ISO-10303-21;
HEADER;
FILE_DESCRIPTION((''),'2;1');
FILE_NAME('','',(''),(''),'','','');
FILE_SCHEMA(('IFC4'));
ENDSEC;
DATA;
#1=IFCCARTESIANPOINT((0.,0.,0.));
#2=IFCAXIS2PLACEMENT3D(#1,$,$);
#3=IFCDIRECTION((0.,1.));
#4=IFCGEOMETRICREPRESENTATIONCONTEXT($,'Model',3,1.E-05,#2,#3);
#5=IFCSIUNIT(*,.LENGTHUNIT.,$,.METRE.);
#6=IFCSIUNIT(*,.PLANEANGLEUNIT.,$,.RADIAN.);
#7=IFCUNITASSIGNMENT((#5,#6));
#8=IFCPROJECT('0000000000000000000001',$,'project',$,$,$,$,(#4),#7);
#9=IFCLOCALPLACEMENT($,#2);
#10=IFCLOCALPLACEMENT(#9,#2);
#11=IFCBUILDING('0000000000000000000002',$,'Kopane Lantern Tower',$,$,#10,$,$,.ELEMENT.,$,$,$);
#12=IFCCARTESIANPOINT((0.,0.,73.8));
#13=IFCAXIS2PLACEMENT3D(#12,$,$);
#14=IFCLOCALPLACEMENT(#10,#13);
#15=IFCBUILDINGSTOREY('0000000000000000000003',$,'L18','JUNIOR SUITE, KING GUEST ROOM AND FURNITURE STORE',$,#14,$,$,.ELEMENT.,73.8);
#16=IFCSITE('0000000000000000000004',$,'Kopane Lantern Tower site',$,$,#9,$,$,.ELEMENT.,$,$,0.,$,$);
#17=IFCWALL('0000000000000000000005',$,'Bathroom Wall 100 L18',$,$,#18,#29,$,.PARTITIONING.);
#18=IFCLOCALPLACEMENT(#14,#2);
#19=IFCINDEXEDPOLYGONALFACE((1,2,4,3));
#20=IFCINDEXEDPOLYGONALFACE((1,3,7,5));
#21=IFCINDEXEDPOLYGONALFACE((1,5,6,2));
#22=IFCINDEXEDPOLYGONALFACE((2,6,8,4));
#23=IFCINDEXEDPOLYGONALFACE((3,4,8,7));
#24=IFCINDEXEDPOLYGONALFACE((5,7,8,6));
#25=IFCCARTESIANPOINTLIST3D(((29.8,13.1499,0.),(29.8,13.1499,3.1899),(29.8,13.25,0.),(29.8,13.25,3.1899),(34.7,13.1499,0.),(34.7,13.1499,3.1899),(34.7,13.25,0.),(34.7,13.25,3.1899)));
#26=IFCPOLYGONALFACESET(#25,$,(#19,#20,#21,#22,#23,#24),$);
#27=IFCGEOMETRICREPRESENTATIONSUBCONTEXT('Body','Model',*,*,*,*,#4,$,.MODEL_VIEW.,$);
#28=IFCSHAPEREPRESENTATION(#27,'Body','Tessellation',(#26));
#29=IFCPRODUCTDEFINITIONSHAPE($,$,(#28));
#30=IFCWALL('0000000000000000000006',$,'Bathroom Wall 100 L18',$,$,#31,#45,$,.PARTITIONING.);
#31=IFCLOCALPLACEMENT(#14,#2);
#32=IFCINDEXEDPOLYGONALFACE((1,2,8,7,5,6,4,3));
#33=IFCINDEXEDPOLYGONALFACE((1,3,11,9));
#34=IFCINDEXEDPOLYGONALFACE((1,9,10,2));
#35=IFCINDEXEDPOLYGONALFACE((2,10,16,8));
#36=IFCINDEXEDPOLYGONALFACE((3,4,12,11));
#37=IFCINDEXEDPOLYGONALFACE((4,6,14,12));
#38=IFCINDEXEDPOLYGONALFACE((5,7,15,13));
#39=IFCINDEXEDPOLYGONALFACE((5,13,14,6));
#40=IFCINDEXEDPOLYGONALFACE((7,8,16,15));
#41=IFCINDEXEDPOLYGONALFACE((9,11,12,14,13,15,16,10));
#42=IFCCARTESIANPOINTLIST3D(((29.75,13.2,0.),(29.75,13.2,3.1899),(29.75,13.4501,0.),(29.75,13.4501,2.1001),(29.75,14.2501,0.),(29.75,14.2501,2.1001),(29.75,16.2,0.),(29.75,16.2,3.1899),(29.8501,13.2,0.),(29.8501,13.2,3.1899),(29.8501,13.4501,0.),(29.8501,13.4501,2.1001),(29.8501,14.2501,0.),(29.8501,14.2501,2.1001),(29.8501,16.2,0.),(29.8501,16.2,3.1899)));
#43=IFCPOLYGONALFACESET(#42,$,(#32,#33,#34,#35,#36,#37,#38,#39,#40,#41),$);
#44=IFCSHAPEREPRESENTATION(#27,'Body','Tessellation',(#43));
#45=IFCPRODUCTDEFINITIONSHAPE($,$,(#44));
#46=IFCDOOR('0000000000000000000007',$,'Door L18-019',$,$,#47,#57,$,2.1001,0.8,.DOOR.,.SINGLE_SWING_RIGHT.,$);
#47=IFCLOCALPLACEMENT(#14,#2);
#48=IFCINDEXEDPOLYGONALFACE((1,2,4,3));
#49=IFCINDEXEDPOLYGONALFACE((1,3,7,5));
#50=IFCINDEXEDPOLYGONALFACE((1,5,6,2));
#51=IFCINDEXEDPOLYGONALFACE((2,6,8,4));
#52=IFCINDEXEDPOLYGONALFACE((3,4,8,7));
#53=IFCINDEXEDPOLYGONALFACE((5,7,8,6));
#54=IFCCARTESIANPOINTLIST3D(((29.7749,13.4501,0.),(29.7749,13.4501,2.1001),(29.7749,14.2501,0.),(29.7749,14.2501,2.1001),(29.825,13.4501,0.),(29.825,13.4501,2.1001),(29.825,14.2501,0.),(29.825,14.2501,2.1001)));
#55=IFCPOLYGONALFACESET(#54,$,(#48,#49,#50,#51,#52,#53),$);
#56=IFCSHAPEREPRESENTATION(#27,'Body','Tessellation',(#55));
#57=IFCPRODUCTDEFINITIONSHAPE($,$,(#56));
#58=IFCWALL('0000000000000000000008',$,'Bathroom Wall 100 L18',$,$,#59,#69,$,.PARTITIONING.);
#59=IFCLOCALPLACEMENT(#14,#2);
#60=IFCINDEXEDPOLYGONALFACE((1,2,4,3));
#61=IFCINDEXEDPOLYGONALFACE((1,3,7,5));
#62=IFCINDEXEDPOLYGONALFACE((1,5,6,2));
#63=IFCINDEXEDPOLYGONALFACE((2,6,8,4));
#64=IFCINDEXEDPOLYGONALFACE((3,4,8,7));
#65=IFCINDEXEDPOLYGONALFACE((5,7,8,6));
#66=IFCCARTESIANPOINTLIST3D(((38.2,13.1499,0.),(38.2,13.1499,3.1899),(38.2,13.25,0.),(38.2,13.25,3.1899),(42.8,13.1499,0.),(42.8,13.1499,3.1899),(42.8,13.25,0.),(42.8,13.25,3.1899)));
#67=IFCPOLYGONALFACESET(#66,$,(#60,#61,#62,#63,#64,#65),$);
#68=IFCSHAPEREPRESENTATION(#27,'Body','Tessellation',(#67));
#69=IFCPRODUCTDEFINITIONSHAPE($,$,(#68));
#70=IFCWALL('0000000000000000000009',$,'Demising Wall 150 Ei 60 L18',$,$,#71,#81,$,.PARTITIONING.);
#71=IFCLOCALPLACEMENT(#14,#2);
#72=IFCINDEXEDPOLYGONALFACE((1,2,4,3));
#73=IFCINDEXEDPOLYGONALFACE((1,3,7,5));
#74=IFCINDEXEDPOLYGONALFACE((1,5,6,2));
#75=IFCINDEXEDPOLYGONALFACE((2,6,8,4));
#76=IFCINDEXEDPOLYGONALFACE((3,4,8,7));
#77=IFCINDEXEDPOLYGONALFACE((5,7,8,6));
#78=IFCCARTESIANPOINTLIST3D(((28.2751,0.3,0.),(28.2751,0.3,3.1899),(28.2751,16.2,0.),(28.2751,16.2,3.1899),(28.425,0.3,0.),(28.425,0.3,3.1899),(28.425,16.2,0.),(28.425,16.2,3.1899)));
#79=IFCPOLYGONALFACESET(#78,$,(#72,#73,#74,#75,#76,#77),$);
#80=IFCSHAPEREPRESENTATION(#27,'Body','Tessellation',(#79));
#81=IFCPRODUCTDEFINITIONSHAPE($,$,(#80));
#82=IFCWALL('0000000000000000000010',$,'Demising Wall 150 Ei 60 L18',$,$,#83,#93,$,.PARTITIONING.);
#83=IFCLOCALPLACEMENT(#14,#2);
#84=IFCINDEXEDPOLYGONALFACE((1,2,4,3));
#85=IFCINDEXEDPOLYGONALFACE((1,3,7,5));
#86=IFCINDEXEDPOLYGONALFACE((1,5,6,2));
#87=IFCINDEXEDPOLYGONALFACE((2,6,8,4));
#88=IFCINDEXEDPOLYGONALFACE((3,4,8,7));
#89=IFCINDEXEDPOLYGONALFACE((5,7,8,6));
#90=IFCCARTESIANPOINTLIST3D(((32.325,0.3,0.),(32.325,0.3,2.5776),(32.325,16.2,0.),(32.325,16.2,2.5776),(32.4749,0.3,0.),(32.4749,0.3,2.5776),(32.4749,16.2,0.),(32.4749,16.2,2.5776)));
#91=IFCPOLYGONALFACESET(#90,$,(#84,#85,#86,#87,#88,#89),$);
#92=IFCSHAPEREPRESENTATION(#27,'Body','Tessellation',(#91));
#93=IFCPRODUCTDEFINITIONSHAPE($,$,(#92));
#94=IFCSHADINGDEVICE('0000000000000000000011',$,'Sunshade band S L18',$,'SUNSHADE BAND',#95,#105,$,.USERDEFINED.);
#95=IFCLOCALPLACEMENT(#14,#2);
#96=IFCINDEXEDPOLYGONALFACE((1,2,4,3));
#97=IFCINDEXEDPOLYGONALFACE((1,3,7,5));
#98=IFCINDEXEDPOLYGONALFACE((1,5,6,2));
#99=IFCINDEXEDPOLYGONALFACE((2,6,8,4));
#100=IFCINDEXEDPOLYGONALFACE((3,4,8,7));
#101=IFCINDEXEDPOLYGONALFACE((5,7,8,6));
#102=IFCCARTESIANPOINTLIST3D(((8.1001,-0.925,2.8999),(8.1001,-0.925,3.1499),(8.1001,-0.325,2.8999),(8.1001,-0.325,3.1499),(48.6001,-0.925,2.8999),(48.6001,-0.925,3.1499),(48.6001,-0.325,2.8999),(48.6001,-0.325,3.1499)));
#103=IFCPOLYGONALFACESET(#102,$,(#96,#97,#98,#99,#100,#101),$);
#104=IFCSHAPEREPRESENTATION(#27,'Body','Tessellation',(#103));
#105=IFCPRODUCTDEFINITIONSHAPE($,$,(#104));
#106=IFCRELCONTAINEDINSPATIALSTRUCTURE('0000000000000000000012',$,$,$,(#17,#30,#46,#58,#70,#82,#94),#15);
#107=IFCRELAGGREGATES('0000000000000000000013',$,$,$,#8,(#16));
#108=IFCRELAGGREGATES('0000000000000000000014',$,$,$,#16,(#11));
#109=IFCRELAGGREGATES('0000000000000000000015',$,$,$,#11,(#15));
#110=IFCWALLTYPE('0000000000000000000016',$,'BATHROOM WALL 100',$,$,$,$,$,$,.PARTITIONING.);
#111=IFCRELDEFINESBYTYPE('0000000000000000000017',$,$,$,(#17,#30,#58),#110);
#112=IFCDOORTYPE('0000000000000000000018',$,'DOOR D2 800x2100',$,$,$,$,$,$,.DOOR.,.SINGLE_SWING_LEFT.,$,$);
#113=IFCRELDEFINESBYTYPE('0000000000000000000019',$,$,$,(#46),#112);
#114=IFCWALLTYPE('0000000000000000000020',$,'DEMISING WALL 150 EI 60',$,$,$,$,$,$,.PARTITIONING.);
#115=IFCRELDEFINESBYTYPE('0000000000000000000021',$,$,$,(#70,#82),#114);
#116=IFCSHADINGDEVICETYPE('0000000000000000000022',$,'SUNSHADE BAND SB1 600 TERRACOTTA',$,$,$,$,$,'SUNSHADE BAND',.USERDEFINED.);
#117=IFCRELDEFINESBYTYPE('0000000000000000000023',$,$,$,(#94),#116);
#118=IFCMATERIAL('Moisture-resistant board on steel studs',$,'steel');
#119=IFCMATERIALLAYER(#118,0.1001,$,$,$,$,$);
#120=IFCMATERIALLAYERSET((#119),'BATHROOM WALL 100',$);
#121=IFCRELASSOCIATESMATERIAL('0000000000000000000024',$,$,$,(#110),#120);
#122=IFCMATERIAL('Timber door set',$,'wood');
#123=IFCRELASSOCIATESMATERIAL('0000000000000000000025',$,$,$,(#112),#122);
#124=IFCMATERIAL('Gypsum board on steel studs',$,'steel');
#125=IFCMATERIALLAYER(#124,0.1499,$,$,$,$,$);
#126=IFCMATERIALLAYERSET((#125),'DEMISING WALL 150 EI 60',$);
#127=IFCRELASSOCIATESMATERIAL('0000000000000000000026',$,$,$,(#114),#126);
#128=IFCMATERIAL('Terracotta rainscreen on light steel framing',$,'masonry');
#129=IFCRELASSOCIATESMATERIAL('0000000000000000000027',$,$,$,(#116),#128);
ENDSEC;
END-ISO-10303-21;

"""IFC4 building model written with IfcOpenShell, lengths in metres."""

from ifc_helpers import new_model, si_unit, direction, frame, frame_2d, origin, origin_2d, place, context, subcontext, project, spatial, rectangle, extrude, material, layer, layer_set, type_object, element, fill, save


model = new_model("IFC4")

# Units and contexts
model_context = context("Model", 3, precision=1e-05, world=origin(), true_north=direction((0.0, 1.0)))
body_context = subcontext(model_context, "Body", "Model", "MODEL_VIEW")
ifc_project = project(units=[si_unit("LENGTHUNIT", "METRE"), si_unit("PLANEANGLEUNIT", "RADIAN")], contexts=[model_context])

# Site, building, storey
site_placement = place(None, origin())
site = spatial("IfcSite", under=ifc_project, at=site_placement, Name="Kopane Lantern Tower site", CompositionType="ELEMENT", RefElevation=0.0)
building_placement = place(site_placement, origin())
building = spatial("IfcBuilding", under=site, at=building_placement, Name="Kopane Lantern Tower", CompositionType="ELEMENT")
storey_placement = place(building_placement, frame((0.0, 0.0, 73.8)))
storey = spatial("IfcBuildingStorey", under=building, at=storey_placement, Name="L18", Description="JUNIOR SUITE, KING GUEST ROOM AND FURNITURE STORE", CompositionType="ELEMENT", Elevation=73.8)

# Wall
ifc_material_1 = material(Name="Moisture-resistant board on steel studs", Category="steel")
ifc_layer_1 = layer(ifc_material_1, 0.1001)
ifc_layer_set_1 = layer_set([ifc_layer_1], Name="BATHROOM WALL 100")
wall_type_1 = type_object("IfcWallType", Name="BATHROOM WALL 100", PredefinedType="PARTITIONING", material=ifc_layer_set_1)
wall_1_placement = place(storey_placement, frame((29.8, 13.2, 0.0), z_axis=(0.0, 0.0, 1.0), x_axis=(1.0, 0.0, 0.0)))
element("IfcWall", 1, at=wall_1_placement, inside=storey, type_object=wall_type_1, Name="Bathroom Wall 100 L18", PredefinedType="PARTITIONING", context=body_context, shape_type="SweptSolid", body=[
    extrude(rectangle(XDim=4.8999, YDim=0.1001, at=frame_2d((2.45, 0.0))), origin(), (0.0, 0.0, 1.0), 3.1899),
])

# Wall, opening, door
wall_2_placement = place(storey_placement, frame((29.8, 16.2, 0.0), z_axis=(0.0, 0.0, 1.0), x_axis=(0.0, -1.0, 0.0)))
wall_2 = element("IfcWall", 2, at=wall_2_placement, inside=storey, type_object=wall_type_1, Name="Bathroom Wall 100 L18", PredefinedType="PARTITIONING", context=body_context, shape_type="SweptSolid", body=[
    extrude(rectangle(XDim=3.0, YDim=0.1001, at=frame_2d((1.5, 0.0))), origin(), (0.0, 0.0, 1.0), 3.1899),
])
opening_placement = place(wall_2_placement, frame((1.95, 0.0, 0.0)))
opening = element("IfcOpeningElement", 3, at=opening_placement, cuts=wall_2, PredefinedType="OPENING", context=body_context, shape_type="SweptSolid", body=[
    extrude(rectangle(XDim=0.8, YDim=2.1001, at=frame_2d((0.3999, 1.05))), frame((0.0, 0.0601, 0.0), z_axis=(0.0, -1.0, 0.0), x_axis=(1.0, 0.0, 0.0)), (0.0, 0.0, 1.0), 0.1201),
])
ifc_material_2 = material(Name="Timber door set", Category="wood")
door_type = type_object("IfcDoorType", Name="DOOR D2 800x2100", OperationType="SINGLE_SWING_LEFT", PredefinedType="DOOR", material=ifc_material_2)
door_placement = place(opening_placement, origin())
door = element("IfcDoor", 4, at=door_placement, inside=storey, type_object=door_type, Name="Door L18-019", OperationType="SINGLE_SWING_RIGHT", OverallHeight=2.1001, OverallWidth=0.8, PredefinedType="DOOR", context=body_context, shape_type="SweptSolid", body=[
    extrude(rectangle(XDim=0.8, YDim=2.1001, at=frame_2d((0.3999, 1.05))), frame((0.0, 0.0249, 0.0), z_axis=(0.0, -1.0, 0.0), x_axis=(1.0, 0.0, 0.0)), (0.0, 0.0, 1.0), 0.05),
])
fill(opening, door)

# Walls
wall_3_placement = place(storey_placement, frame((38.2, 13.2, 0.0), z_axis=(0.0, 0.0, 1.0), x_axis=(1.0, 0.0, 0.0)))
element("IfcWall", 5, at=wall_3_placement, inside=storey, type_object=wall_type_1, Name="Bathroom Wall 100 L18", PredefinedType="PARTITIONING", context=body_context, shape_type="SweptSolid", body=[
    extrude(rectangle(XDim=4.6001, YDim=0.1001, at=frame_2d((2.3, 0.0))), origin(), (0.0, 0.0, 1.0), 3.1899),
])
ifc_material_3 = material(Name="Gypsum board on steel studs", Category="steel")
ifc_layer_2 = layer(ifc_material_3, 0.1499)
ifc_layer_set_2 = layer_set([ifc_layer_2], Name="DEMISING WALL 150 EI 60")
wall_type_2 = type_object("IfcWallType", Name="DEMISING WALL 150 EI 60", PredefinedType="PARTITIONING", material=ifc_layer_set_2)
wall_4_placement = place(storey_placement, frame((28.3501, 16.2, 0.0), z_axis=(0.0, 0.0, 1.0), x_axis=(0.0, -1.0, 0.0)))
element("IfcWall", 6, at=wall_4_placement, inside=storey, type_object=wall_type_2, Name="Demising Wall 150 Ei 60 L18", PredefinedType="PARTITIONING", context=body_context, shape_type="SweptSolid", body=[
    extrude(rectangle(XDim=15.8999, YDim=0.1499, at=frame_2d((7.95, 0.0))), origin(), (0.0, 0.0, 1.0), 3.1899),
])
wall_5_placement = place(storey_placement, frame((32.3999, 16.2, 0.0), z_axis=(0.0, 0.0, 1.0), x_axis=(0.0, -1.0, 0.0)))
element("IfcWall", 7, at=wall_5_placement, inside=storey, type_object=wall_type_2, Name="Demising Wall 150 Ei 60 L18", PredefinedType="PARTITIONING", context=body_context, shape_type="SweptSolid", body=[
    extrude(rectangle(XDim=15.8999, YDim=0.1499, at=frame_2d((7.95, 0.0))), origin(), (0.0, 0.0, 1.0), 2.5776),
])

# Shading device
ifc_material_4 = material(Name="Terracotta rainscreen on light steel framing", Category="masonry")
shading_device_type = type_object("IfcShadingDeviceType", Name="SUNSHADE BAND SB1 600 TERRACOTTA", ElementType="SUNSHADE BAND", PredefinedType="USERDEFINED", material=ifc_material_4)
shading_device_placement = place(storey_placement, frame((28.3501, -0.625, 2.8999), z_axis=(0.0, 0.0, 1.0), x_axis=(1.0, 0.0, 0.0)))
element("IfcShadingDevice", 8, at=shading_device_placement, inside=storey, type_object=shading_device_type, Name="Sunshade band S L18", ObjectType="SUNSHADE BAND", PredefinedType="USERDEFINED", context=body_context, shape_type="SweptSolid", body=[
    extrude(rectangle(XDim=40.5, YDim=0.6001, at=origin_2d()), origin(), (0.0, 0.0, 1.0), 0.25),
])

save(model, "model.ifc")
